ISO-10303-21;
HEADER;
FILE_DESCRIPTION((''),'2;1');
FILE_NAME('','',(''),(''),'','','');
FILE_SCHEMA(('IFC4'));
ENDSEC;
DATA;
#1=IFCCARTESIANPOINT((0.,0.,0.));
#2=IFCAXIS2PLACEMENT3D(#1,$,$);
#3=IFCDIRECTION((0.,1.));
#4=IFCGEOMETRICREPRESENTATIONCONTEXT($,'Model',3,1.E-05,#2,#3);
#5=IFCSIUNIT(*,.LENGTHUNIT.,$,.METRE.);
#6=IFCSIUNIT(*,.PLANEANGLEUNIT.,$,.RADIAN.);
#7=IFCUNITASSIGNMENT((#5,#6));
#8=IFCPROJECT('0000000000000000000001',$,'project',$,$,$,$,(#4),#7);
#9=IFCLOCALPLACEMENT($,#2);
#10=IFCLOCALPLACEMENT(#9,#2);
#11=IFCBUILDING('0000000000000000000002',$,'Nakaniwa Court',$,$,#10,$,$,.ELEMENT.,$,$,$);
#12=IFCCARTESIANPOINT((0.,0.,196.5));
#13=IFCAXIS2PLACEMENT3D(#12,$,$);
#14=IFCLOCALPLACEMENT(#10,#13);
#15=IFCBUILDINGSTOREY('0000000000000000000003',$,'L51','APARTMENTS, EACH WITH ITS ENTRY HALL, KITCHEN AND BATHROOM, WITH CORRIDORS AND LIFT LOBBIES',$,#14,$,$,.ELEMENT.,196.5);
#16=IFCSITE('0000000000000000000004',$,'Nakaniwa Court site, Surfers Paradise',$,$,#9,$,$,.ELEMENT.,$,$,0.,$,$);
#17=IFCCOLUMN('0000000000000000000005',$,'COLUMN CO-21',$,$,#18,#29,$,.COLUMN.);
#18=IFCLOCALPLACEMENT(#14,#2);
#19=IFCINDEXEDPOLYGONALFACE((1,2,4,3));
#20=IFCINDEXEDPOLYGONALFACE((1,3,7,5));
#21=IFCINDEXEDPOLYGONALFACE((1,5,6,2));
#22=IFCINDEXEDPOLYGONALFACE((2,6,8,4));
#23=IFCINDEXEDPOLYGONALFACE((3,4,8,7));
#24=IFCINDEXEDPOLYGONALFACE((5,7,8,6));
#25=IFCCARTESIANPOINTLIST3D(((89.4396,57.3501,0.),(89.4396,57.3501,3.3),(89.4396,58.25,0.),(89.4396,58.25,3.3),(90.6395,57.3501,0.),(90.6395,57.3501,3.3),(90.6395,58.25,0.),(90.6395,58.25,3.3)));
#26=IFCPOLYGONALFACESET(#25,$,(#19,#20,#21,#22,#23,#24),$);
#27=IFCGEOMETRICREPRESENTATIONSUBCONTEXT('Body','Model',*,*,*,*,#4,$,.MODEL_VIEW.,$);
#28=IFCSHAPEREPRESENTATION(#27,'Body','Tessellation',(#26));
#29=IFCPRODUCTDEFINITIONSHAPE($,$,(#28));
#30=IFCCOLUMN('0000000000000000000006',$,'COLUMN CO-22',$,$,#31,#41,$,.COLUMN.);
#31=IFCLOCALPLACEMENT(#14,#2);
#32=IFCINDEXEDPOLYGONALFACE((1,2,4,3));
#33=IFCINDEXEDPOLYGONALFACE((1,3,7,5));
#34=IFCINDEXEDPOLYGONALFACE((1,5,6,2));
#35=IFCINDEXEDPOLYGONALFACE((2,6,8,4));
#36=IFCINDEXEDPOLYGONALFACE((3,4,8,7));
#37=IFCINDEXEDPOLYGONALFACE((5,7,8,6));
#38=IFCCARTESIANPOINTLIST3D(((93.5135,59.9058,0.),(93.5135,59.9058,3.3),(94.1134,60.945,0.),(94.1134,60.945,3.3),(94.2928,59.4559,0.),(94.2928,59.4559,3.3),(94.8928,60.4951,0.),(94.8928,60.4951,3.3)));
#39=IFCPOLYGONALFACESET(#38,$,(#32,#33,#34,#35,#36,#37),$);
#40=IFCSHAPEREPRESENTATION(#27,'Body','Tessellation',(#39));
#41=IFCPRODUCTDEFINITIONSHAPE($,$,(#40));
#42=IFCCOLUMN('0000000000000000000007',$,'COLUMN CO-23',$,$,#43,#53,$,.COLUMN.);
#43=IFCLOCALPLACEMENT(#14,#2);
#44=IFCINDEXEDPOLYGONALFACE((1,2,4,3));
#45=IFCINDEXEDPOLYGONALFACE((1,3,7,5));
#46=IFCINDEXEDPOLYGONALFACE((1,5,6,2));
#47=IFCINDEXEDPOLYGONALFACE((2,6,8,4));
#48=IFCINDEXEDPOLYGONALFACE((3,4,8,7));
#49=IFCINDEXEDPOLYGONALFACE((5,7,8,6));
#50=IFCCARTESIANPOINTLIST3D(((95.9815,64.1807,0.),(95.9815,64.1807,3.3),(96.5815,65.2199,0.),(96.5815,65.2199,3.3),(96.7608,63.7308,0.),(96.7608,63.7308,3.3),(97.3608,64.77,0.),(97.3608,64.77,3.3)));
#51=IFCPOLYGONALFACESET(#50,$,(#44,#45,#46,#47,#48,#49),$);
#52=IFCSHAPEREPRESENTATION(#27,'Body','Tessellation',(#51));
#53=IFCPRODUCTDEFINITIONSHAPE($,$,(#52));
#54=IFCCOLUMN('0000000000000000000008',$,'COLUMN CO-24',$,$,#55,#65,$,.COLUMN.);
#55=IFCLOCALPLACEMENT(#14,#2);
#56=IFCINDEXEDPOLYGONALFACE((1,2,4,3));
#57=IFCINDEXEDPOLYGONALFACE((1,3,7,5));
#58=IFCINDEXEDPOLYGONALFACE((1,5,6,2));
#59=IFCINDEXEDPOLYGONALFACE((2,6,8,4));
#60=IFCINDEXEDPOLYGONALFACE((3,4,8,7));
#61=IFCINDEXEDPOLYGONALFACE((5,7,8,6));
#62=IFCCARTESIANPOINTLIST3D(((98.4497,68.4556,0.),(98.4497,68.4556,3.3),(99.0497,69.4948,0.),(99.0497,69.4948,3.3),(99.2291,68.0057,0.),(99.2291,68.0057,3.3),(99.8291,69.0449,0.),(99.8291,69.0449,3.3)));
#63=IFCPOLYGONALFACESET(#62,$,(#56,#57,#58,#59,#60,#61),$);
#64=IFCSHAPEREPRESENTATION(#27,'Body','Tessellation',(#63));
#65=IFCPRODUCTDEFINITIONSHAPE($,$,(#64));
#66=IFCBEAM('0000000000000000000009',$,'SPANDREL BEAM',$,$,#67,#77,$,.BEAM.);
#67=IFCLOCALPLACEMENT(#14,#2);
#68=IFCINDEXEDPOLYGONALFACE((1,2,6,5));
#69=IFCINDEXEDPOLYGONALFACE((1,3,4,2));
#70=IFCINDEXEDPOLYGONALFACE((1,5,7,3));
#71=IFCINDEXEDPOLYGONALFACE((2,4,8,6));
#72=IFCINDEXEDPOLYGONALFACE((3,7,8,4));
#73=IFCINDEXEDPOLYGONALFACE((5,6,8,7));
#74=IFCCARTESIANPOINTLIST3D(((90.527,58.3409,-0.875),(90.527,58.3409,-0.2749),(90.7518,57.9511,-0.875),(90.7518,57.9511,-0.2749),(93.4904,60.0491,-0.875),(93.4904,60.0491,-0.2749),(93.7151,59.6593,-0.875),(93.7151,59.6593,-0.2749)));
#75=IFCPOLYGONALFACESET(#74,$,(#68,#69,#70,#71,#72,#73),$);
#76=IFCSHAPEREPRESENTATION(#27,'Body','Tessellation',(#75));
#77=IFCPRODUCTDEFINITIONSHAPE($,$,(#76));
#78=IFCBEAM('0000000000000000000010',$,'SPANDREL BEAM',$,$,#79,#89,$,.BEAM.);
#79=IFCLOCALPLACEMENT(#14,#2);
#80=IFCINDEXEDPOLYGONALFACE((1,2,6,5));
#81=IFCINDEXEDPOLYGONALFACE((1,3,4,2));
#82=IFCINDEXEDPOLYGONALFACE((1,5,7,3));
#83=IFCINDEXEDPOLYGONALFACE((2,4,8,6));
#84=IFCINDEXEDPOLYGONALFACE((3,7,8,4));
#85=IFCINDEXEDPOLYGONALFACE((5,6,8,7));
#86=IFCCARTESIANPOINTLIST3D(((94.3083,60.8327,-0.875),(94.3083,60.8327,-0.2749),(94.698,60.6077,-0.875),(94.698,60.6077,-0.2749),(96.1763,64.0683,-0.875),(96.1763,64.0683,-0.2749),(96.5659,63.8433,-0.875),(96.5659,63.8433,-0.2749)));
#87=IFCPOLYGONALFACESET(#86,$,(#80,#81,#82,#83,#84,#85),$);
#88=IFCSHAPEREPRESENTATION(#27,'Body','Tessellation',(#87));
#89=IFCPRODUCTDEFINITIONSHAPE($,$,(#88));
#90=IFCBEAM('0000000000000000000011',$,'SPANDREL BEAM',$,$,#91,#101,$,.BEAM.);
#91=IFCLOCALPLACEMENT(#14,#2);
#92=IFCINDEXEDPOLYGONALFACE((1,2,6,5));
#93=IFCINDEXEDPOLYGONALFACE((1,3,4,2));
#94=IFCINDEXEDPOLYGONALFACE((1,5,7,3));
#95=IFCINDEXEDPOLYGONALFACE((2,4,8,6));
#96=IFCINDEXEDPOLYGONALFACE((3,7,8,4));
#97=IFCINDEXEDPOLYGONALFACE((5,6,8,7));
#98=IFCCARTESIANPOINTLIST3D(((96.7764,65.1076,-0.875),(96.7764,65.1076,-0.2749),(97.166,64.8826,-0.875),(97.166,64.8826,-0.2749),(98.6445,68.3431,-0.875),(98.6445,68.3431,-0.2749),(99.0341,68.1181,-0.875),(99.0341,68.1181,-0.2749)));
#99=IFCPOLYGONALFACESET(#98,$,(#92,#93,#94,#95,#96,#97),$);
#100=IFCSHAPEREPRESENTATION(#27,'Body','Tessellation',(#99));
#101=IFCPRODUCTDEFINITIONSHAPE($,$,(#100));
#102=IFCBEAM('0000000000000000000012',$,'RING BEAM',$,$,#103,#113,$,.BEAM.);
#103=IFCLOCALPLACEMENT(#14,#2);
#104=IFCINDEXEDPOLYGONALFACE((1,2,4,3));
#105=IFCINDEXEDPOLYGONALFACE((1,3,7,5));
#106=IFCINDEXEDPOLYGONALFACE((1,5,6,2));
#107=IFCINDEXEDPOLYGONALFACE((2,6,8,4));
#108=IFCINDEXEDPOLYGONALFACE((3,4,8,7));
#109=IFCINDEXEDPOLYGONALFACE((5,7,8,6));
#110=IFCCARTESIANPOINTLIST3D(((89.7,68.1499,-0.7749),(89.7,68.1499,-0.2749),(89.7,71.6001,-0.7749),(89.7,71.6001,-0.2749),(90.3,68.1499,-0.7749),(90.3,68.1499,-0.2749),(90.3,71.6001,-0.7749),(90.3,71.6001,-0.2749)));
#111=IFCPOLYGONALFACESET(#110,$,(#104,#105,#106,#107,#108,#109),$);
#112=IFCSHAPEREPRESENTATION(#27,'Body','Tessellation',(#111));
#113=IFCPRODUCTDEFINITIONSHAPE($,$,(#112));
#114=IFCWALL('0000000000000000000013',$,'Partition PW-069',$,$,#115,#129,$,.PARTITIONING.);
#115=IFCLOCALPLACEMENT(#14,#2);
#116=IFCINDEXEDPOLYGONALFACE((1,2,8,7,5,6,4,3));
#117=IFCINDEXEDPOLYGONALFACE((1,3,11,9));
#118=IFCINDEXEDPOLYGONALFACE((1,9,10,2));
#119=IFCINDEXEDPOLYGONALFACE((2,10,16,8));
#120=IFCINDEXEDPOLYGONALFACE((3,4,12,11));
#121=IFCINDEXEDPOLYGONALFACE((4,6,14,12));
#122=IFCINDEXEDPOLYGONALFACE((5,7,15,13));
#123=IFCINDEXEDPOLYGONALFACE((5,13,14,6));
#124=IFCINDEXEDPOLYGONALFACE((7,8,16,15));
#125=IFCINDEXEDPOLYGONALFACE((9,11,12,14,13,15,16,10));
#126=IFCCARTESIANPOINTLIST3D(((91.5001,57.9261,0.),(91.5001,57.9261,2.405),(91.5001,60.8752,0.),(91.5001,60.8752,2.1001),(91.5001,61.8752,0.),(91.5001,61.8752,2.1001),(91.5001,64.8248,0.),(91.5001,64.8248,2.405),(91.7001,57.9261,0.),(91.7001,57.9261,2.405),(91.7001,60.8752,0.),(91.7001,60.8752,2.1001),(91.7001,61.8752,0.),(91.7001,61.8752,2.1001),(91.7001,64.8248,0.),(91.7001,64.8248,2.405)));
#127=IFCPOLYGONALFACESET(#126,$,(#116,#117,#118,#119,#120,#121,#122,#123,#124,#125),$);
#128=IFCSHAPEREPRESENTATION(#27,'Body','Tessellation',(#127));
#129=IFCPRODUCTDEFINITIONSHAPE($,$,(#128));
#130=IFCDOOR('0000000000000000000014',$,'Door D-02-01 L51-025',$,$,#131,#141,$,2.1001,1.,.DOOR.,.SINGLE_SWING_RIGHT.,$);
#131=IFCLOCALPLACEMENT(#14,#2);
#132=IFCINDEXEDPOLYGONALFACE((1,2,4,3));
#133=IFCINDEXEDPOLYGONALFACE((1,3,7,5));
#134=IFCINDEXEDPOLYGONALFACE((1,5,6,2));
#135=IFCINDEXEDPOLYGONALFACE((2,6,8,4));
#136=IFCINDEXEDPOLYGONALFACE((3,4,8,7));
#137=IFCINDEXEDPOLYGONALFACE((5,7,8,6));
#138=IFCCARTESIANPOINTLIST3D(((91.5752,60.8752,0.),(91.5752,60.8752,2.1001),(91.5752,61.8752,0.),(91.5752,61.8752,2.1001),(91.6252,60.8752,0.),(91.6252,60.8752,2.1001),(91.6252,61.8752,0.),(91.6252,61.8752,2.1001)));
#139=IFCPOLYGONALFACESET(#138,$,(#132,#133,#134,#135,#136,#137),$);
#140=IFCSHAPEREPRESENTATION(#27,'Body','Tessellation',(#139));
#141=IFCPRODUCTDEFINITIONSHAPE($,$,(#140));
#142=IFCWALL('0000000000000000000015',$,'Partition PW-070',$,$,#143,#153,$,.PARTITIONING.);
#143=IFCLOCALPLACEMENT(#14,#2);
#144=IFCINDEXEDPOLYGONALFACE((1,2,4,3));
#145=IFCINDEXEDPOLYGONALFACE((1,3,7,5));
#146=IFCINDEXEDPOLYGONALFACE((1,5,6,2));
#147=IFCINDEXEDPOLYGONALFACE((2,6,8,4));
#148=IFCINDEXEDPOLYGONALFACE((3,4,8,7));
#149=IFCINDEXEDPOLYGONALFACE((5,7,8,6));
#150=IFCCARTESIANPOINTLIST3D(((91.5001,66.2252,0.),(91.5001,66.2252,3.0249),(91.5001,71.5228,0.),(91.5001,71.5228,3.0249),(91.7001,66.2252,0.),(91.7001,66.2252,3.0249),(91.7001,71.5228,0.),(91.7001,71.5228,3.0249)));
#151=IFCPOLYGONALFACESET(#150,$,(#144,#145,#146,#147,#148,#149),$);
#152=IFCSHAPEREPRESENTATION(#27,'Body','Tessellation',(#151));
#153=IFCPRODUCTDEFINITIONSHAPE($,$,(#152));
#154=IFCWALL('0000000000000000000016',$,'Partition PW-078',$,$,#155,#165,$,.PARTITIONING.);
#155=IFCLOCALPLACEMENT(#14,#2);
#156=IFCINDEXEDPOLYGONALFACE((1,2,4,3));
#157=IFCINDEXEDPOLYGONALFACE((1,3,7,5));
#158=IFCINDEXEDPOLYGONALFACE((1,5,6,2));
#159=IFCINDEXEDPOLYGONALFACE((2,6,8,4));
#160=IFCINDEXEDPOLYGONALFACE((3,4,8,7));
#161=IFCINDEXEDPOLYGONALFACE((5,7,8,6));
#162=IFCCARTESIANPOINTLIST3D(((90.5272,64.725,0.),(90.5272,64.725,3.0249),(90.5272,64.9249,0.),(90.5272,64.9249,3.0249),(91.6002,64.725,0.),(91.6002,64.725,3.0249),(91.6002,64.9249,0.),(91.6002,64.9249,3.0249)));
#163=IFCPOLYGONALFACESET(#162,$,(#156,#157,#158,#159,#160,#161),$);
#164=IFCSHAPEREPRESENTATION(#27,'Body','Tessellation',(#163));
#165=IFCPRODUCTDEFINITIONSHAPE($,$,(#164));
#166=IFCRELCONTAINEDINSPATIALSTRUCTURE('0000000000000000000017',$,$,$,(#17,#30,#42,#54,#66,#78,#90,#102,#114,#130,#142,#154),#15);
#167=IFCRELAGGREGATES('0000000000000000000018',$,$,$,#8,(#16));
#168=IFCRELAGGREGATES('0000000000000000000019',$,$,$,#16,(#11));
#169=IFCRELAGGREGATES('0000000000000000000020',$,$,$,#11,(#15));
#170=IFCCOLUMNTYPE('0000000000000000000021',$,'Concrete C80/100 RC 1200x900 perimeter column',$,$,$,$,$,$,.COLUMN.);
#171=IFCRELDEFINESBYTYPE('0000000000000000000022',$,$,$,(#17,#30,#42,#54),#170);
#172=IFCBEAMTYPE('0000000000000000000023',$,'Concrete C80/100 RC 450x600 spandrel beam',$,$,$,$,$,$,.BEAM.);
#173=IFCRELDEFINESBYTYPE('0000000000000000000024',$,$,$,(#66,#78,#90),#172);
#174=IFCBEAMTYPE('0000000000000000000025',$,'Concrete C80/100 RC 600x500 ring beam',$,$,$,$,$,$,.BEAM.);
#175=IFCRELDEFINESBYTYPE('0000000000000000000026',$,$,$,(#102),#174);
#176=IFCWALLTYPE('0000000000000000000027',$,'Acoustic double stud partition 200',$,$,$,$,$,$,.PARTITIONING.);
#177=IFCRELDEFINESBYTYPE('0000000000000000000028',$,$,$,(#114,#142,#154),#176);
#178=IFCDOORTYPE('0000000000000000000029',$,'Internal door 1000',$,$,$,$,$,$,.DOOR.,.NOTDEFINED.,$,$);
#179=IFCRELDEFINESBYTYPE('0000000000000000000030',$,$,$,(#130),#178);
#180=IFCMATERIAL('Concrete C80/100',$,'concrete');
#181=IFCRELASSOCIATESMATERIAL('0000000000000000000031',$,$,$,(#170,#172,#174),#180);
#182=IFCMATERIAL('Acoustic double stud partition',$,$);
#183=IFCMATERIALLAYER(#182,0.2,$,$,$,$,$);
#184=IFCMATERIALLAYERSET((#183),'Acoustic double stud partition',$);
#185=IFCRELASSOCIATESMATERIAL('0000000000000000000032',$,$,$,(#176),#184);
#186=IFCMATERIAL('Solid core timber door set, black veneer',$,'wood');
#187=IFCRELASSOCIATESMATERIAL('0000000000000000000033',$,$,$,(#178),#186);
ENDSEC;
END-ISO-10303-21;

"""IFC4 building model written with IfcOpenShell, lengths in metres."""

from ifc_helpers import new_model, si_unit, direction, frame, frame_2d, origin, origin_2d, place, context, subcontext, project, spatial, rectangle, extrude, material, layer, layer_set, material_profile, profile_set, type_object, element, fill, save


model = new_model("IFC4")

# Units and contexts
model_context = context("Model", 3, precision=1e-05, world=origin(), true_north=direction((0.0, 1.0)))
body_context = subcontext(model_context, "Body", "Model", "MODEL_VIEW")
ifc_project = project(units=[si_unit("LENGTHUNIT", "METRE"), si_unit("PLANEANGLEUNIT", "RADIAN")], contexts=[model_context])

# Site, building, storey
site_placement = place(None, origin())
site = spatial("IfcSite", under=ifc_project, at=site_placement, Name="Nakaniwa Court site, Surfers Paradise", CompositionType="ELEMENT", RefElevation=0.0)
building_placement = place(site_placement, origin())
building = spatial("IfcBuilding", under=site, at=building_placement, Name="Nakaniwa Court", CompositionType="ELEMENT")
storey_placement = place(building_placement, frame((0.0, 0.0, 196.5)))
storey = spatial("IfcBuildingStorey", under=building, at=storey_placement, Name="L51", Description="APARTMENTS, EACH WITH ITS ENTRY HALL, KITCHEN AND BATHROOM, WITH CORRIDORS AND LIFT LOBBIES", CompositionType="ELEMENT", Elevation=196.5)

# Columns
ifc_material_1 = material(Name="Concrete C80/100", Category="concrete")
ifc_material_profile_1 = material_profile(ifc_material_1, rectangle(XDim=1.2, YDim=0.8999, at=origin_2d()), Name="Concrete C80/100 RC 1200x900 perimeter column")
ifc_profile_set_1 = profile_set([ifc_material_profile_1], Name="Concrete C80/100")
column_type = type_object("IfcColumnType", Name="Concrete C80/100 RC 1200x900 perimeter column", PredefinedType="COLUMN", material=ifc_profile_set_1)
for number, where, z_axis, x_axis, name in (
    (1, (90.0396, 57.8, 0.0), (0.0, 0.0, 1.0), (1.0, 0.0, 0.0), "COLUMN CO-21"),
    (2, (94.2031, 60.2004, 0.0), (0.0, 0.0, 1.0), (0.5, 0.866025, 0.0), "COLUMN CO-22"),
    (3, (96.6711, 64.4753, 0.0), (0.0, 0.0, 1.0), (0.5, 0.866025, 0.0), "COLUMN CO-23"),
    (4, (99.1394, 68.7502, 0.0), (0.0, 0.0, 1.0), (0.5, 0.866025, 0.0), "COLUMN CO-24"),
):
    element("IfcColumn", number, at=place(storey_placement, frame(where, z_axis=z_axis, x_axis=x_axis)), inside=storey, type_object=column_type, Name=name, PredefinedType="COLUMN", context=body_context, shape_type="SweptSolid", body=[
        extrude(rectangle(XDim=1.2, YDim=0.8999, at=origin_2d()), origin(), (0.0, 0.0, 1.0), 3.3),
    ])

# Beams
ifc_material_profile_2 = material_profile(ifc_material_1, rectangle(XDim=0.45, YDim=0.6001, at=origin_2d()), Name="Concrete C80/100 RC 450x600 spandrel beam")
ifc_profile_set_2 = profile_set([ifc_material_profile_2], Name="Concrete C80/100")
beam_type_1 = type_object("IfcBeamType", Name="Concrete C80/100 RC 450x600 spandrel beam", PredefinedType="BEAM", material=ifc_profile_set_2)
beam_1_placement = place(storey_placement, frame((90.6394, 58.146, -0.575), z_axis=(0.866361, 0.499418, 0.0), x_axis=(-0.499418, 0.866361, 0.0)))
element("IfcBeam", 5, at=beam_1_placement, inside=storey, type_object=beam_type_1, Name="SPANDREL BEAM", PredefinedType="BEAM", context=body_context, shape_type="SweptSolid", body=[
    extrude(rectangle(XDim=0.45, YDim=0.6001, at=origin_2d()), origin(), (0.0, 0.0, 1.0), 3.4204),
])
for number, where, z_axis, x_axis, name in (
    (6, (94.5032, 60.7202, -0.575), (0.499969, 0.866043, 0.0), (-0.866043, 0.499969, 0.0), "SPANDREL BEAM"),
    (7, (96.9712, 64.9951, -0.575), (0.500018, 0.866015, 0.0), (-0.866015, 0.500018, 0.0), "SPANDREL BEAM"),
):
    element("IfcBeam", number, at=place(storey_placement, frame(where, z_axis=z_axis, x_axis=x_axis)), inside=storey, type_object=beam_type_1, Name=name, PredefinedType="BEAM", context=body_context, shape_type="SweptSolid", body=[
        extrude(rectangle(XDim=0.45, YDim=0.6001, at=origin_2d()), origin(), (0.0, 0.0, 1.0), 3.7361),
    ])
ifc_material_profile_3 = material_profile(ifc_material_1, rectangle(XDim=0.6001, YDim=0.5, at=origin_2d()), Name="Concrete C80/100 RC 600x500 ring beam")
ifc_profile_set_3 = profile_set([ifc_material_profile_3], Name="Concrete C80/100")
beam_type_2 = type_object("IfcBeamType", Name="Concrete C80/100 RC 600x500 ring beam", PredefinedType="BEAM", material=ifc_profile_set_3)
beam_2_placement = place(storey_placement, frame((90.0, 68.1499, -0.5249), z_axis=(0.0, 1.0, 0.0), x_axis=(-1.0, 0.0, 0.0)))
element("IfcBeam", 8, at=beam_2_placement, inside=storey, type_object=beam_type_2, Name="RING BEAM", PredefinedType="BEAM", context=body_context, shape_type="SweptSolid", body=[
    extrude(rectangle(XDim=0.6001, YDim=0.5, at=origin_2d()), origin(), (0.0, 0.0, 1.0), 3.4502),
])

# Wall, opening, door
ifc_material_2 = material(Name="Acoustic double stud partition")
ifc_layer_1 = layer(ifc_material_2, 0.2)
ifc_layer_set_1 = layer_set([ifc_layer_1], Name="Acoustic double stud partition")
wall_type_1 = type_object("IfcWallType", Name="Acoustic double stud partition 200", PredefinedType="PARTITIONING", material=ifc_layer_set_1)
wall_1_placement = place(storey_placement, frame((91.6001, 57.9263, 0.0), z_axis=(0.0, 0.0, 1.0), x_axis=(0.0, 1.0, 0.0)))
wall_1 = element("IfcWall", 9, at=wall_1_placement, inside=storey, type_object=wall_type_1, Name="Partition PW-069", PredefinedType="PARTITIONING", context=body_context, shape_type="SweptSolid", body=[
    extrude(rectangle(XDim=6.8987, YDim=0.2, at=frame_2d((3.4492, 0.0))), origin(), (0.0, 0.0, 1.0), 2.405),
])
opening_1_placement = place(wall_1_placement, frame((2.949, 0.0, 0.0)))
opening_1 = element("IfcOpeningElement", 10, at=opening_1_placement, cuts=wall_1, PredefinedType="OPENING", context=body_context, shape_type="SweptSolid", body=[
    extrude(rectangle(XDim=1.0, YDim=2.1001, at=frame_2d((0.5, 1.05))), frame((0.0, 0.1099, 0.0), z_axis=(0.0, -1.0, 0.0), x_axis=(1.0, 0.0, 0.0)), (0.0, 0.0, 1.0), 0.22),
])
ifc_material_3 = material(Name="Solid core timber door set, black veneer", Category="wood")
door_type_1 = type_object("IfcDoorType", Name="Internal door 1000", OperationType="NOTDEFINED", PredefinedType="DOOR", material=ifc_material_3)
door_1_placement = place(opening_1_placement, origin())
door_1 = element("IfcDoor", 11, at=door_1_placement, inside=storey, type_object=door_type_1, Name="Door D-02-01 L51-025", OperationType="SINGLE_SWING_RIGHT", OverallHeight=2.1001, OverallWidth=1.0, PredefinedType="DOOR", context=body_context, shape_type="SweptSolid", body=[
    extrude(rectangle(XDim=1.0, YDim=2.1001, at=frame_2d((0.5, 1.05))), frame((0.0, 0.0249, 0.0), z_axis=(0.0, -1.0, 0.0), x_axis=(1.0, 0.0, 0.0)), (0.0, 0.0, 1.0), 0.05),
])
fill(opening_1, door_1)

# Walls
wall_2_placement = place(storey_placement, frame((91.6001, 66.2251, 0.0), z_axis=(0.0, 0.0, 1.0), x_axis=(0.0, 1.0, 0.0)))
element("IfcWall", 12, at=wall_2_placement, inside=storey, type_object=wall_type_1, Name="Partition PW-070", PredefinedType="PARTITIONING", context=body_context, shape_type="SweptSolid", body=[
    extrude(rectangle(XDim=5.2976, YDim=0.2, at=frame_2d((2.6489, 0.0))), origin(), (0.0, 0.0, 1.0), 3.0249),
])
wall_3_placement = place(storey_placement, frame((90.5271, 64.825, 0.0), z_axis=(0.0, 0.0, 1.0), x_axis=(1.0, 0.0, 0.0)))
element("IfcWall", 13, at=wall_3_placement, inside=storey, type_object=wall_type_1, Name="Partition PW-078", PredefinedType="PARTITIONING", context=body_context, shape_type="SweptSolid", body=[
    extrude(rectangle(XDim=1.073, YDim=0.2, at=frame_2d((0.5366, 0.0))), origin(), (0.0, 0.0, 1.0), 3.0249),
])

save(model, "model.ifc")
